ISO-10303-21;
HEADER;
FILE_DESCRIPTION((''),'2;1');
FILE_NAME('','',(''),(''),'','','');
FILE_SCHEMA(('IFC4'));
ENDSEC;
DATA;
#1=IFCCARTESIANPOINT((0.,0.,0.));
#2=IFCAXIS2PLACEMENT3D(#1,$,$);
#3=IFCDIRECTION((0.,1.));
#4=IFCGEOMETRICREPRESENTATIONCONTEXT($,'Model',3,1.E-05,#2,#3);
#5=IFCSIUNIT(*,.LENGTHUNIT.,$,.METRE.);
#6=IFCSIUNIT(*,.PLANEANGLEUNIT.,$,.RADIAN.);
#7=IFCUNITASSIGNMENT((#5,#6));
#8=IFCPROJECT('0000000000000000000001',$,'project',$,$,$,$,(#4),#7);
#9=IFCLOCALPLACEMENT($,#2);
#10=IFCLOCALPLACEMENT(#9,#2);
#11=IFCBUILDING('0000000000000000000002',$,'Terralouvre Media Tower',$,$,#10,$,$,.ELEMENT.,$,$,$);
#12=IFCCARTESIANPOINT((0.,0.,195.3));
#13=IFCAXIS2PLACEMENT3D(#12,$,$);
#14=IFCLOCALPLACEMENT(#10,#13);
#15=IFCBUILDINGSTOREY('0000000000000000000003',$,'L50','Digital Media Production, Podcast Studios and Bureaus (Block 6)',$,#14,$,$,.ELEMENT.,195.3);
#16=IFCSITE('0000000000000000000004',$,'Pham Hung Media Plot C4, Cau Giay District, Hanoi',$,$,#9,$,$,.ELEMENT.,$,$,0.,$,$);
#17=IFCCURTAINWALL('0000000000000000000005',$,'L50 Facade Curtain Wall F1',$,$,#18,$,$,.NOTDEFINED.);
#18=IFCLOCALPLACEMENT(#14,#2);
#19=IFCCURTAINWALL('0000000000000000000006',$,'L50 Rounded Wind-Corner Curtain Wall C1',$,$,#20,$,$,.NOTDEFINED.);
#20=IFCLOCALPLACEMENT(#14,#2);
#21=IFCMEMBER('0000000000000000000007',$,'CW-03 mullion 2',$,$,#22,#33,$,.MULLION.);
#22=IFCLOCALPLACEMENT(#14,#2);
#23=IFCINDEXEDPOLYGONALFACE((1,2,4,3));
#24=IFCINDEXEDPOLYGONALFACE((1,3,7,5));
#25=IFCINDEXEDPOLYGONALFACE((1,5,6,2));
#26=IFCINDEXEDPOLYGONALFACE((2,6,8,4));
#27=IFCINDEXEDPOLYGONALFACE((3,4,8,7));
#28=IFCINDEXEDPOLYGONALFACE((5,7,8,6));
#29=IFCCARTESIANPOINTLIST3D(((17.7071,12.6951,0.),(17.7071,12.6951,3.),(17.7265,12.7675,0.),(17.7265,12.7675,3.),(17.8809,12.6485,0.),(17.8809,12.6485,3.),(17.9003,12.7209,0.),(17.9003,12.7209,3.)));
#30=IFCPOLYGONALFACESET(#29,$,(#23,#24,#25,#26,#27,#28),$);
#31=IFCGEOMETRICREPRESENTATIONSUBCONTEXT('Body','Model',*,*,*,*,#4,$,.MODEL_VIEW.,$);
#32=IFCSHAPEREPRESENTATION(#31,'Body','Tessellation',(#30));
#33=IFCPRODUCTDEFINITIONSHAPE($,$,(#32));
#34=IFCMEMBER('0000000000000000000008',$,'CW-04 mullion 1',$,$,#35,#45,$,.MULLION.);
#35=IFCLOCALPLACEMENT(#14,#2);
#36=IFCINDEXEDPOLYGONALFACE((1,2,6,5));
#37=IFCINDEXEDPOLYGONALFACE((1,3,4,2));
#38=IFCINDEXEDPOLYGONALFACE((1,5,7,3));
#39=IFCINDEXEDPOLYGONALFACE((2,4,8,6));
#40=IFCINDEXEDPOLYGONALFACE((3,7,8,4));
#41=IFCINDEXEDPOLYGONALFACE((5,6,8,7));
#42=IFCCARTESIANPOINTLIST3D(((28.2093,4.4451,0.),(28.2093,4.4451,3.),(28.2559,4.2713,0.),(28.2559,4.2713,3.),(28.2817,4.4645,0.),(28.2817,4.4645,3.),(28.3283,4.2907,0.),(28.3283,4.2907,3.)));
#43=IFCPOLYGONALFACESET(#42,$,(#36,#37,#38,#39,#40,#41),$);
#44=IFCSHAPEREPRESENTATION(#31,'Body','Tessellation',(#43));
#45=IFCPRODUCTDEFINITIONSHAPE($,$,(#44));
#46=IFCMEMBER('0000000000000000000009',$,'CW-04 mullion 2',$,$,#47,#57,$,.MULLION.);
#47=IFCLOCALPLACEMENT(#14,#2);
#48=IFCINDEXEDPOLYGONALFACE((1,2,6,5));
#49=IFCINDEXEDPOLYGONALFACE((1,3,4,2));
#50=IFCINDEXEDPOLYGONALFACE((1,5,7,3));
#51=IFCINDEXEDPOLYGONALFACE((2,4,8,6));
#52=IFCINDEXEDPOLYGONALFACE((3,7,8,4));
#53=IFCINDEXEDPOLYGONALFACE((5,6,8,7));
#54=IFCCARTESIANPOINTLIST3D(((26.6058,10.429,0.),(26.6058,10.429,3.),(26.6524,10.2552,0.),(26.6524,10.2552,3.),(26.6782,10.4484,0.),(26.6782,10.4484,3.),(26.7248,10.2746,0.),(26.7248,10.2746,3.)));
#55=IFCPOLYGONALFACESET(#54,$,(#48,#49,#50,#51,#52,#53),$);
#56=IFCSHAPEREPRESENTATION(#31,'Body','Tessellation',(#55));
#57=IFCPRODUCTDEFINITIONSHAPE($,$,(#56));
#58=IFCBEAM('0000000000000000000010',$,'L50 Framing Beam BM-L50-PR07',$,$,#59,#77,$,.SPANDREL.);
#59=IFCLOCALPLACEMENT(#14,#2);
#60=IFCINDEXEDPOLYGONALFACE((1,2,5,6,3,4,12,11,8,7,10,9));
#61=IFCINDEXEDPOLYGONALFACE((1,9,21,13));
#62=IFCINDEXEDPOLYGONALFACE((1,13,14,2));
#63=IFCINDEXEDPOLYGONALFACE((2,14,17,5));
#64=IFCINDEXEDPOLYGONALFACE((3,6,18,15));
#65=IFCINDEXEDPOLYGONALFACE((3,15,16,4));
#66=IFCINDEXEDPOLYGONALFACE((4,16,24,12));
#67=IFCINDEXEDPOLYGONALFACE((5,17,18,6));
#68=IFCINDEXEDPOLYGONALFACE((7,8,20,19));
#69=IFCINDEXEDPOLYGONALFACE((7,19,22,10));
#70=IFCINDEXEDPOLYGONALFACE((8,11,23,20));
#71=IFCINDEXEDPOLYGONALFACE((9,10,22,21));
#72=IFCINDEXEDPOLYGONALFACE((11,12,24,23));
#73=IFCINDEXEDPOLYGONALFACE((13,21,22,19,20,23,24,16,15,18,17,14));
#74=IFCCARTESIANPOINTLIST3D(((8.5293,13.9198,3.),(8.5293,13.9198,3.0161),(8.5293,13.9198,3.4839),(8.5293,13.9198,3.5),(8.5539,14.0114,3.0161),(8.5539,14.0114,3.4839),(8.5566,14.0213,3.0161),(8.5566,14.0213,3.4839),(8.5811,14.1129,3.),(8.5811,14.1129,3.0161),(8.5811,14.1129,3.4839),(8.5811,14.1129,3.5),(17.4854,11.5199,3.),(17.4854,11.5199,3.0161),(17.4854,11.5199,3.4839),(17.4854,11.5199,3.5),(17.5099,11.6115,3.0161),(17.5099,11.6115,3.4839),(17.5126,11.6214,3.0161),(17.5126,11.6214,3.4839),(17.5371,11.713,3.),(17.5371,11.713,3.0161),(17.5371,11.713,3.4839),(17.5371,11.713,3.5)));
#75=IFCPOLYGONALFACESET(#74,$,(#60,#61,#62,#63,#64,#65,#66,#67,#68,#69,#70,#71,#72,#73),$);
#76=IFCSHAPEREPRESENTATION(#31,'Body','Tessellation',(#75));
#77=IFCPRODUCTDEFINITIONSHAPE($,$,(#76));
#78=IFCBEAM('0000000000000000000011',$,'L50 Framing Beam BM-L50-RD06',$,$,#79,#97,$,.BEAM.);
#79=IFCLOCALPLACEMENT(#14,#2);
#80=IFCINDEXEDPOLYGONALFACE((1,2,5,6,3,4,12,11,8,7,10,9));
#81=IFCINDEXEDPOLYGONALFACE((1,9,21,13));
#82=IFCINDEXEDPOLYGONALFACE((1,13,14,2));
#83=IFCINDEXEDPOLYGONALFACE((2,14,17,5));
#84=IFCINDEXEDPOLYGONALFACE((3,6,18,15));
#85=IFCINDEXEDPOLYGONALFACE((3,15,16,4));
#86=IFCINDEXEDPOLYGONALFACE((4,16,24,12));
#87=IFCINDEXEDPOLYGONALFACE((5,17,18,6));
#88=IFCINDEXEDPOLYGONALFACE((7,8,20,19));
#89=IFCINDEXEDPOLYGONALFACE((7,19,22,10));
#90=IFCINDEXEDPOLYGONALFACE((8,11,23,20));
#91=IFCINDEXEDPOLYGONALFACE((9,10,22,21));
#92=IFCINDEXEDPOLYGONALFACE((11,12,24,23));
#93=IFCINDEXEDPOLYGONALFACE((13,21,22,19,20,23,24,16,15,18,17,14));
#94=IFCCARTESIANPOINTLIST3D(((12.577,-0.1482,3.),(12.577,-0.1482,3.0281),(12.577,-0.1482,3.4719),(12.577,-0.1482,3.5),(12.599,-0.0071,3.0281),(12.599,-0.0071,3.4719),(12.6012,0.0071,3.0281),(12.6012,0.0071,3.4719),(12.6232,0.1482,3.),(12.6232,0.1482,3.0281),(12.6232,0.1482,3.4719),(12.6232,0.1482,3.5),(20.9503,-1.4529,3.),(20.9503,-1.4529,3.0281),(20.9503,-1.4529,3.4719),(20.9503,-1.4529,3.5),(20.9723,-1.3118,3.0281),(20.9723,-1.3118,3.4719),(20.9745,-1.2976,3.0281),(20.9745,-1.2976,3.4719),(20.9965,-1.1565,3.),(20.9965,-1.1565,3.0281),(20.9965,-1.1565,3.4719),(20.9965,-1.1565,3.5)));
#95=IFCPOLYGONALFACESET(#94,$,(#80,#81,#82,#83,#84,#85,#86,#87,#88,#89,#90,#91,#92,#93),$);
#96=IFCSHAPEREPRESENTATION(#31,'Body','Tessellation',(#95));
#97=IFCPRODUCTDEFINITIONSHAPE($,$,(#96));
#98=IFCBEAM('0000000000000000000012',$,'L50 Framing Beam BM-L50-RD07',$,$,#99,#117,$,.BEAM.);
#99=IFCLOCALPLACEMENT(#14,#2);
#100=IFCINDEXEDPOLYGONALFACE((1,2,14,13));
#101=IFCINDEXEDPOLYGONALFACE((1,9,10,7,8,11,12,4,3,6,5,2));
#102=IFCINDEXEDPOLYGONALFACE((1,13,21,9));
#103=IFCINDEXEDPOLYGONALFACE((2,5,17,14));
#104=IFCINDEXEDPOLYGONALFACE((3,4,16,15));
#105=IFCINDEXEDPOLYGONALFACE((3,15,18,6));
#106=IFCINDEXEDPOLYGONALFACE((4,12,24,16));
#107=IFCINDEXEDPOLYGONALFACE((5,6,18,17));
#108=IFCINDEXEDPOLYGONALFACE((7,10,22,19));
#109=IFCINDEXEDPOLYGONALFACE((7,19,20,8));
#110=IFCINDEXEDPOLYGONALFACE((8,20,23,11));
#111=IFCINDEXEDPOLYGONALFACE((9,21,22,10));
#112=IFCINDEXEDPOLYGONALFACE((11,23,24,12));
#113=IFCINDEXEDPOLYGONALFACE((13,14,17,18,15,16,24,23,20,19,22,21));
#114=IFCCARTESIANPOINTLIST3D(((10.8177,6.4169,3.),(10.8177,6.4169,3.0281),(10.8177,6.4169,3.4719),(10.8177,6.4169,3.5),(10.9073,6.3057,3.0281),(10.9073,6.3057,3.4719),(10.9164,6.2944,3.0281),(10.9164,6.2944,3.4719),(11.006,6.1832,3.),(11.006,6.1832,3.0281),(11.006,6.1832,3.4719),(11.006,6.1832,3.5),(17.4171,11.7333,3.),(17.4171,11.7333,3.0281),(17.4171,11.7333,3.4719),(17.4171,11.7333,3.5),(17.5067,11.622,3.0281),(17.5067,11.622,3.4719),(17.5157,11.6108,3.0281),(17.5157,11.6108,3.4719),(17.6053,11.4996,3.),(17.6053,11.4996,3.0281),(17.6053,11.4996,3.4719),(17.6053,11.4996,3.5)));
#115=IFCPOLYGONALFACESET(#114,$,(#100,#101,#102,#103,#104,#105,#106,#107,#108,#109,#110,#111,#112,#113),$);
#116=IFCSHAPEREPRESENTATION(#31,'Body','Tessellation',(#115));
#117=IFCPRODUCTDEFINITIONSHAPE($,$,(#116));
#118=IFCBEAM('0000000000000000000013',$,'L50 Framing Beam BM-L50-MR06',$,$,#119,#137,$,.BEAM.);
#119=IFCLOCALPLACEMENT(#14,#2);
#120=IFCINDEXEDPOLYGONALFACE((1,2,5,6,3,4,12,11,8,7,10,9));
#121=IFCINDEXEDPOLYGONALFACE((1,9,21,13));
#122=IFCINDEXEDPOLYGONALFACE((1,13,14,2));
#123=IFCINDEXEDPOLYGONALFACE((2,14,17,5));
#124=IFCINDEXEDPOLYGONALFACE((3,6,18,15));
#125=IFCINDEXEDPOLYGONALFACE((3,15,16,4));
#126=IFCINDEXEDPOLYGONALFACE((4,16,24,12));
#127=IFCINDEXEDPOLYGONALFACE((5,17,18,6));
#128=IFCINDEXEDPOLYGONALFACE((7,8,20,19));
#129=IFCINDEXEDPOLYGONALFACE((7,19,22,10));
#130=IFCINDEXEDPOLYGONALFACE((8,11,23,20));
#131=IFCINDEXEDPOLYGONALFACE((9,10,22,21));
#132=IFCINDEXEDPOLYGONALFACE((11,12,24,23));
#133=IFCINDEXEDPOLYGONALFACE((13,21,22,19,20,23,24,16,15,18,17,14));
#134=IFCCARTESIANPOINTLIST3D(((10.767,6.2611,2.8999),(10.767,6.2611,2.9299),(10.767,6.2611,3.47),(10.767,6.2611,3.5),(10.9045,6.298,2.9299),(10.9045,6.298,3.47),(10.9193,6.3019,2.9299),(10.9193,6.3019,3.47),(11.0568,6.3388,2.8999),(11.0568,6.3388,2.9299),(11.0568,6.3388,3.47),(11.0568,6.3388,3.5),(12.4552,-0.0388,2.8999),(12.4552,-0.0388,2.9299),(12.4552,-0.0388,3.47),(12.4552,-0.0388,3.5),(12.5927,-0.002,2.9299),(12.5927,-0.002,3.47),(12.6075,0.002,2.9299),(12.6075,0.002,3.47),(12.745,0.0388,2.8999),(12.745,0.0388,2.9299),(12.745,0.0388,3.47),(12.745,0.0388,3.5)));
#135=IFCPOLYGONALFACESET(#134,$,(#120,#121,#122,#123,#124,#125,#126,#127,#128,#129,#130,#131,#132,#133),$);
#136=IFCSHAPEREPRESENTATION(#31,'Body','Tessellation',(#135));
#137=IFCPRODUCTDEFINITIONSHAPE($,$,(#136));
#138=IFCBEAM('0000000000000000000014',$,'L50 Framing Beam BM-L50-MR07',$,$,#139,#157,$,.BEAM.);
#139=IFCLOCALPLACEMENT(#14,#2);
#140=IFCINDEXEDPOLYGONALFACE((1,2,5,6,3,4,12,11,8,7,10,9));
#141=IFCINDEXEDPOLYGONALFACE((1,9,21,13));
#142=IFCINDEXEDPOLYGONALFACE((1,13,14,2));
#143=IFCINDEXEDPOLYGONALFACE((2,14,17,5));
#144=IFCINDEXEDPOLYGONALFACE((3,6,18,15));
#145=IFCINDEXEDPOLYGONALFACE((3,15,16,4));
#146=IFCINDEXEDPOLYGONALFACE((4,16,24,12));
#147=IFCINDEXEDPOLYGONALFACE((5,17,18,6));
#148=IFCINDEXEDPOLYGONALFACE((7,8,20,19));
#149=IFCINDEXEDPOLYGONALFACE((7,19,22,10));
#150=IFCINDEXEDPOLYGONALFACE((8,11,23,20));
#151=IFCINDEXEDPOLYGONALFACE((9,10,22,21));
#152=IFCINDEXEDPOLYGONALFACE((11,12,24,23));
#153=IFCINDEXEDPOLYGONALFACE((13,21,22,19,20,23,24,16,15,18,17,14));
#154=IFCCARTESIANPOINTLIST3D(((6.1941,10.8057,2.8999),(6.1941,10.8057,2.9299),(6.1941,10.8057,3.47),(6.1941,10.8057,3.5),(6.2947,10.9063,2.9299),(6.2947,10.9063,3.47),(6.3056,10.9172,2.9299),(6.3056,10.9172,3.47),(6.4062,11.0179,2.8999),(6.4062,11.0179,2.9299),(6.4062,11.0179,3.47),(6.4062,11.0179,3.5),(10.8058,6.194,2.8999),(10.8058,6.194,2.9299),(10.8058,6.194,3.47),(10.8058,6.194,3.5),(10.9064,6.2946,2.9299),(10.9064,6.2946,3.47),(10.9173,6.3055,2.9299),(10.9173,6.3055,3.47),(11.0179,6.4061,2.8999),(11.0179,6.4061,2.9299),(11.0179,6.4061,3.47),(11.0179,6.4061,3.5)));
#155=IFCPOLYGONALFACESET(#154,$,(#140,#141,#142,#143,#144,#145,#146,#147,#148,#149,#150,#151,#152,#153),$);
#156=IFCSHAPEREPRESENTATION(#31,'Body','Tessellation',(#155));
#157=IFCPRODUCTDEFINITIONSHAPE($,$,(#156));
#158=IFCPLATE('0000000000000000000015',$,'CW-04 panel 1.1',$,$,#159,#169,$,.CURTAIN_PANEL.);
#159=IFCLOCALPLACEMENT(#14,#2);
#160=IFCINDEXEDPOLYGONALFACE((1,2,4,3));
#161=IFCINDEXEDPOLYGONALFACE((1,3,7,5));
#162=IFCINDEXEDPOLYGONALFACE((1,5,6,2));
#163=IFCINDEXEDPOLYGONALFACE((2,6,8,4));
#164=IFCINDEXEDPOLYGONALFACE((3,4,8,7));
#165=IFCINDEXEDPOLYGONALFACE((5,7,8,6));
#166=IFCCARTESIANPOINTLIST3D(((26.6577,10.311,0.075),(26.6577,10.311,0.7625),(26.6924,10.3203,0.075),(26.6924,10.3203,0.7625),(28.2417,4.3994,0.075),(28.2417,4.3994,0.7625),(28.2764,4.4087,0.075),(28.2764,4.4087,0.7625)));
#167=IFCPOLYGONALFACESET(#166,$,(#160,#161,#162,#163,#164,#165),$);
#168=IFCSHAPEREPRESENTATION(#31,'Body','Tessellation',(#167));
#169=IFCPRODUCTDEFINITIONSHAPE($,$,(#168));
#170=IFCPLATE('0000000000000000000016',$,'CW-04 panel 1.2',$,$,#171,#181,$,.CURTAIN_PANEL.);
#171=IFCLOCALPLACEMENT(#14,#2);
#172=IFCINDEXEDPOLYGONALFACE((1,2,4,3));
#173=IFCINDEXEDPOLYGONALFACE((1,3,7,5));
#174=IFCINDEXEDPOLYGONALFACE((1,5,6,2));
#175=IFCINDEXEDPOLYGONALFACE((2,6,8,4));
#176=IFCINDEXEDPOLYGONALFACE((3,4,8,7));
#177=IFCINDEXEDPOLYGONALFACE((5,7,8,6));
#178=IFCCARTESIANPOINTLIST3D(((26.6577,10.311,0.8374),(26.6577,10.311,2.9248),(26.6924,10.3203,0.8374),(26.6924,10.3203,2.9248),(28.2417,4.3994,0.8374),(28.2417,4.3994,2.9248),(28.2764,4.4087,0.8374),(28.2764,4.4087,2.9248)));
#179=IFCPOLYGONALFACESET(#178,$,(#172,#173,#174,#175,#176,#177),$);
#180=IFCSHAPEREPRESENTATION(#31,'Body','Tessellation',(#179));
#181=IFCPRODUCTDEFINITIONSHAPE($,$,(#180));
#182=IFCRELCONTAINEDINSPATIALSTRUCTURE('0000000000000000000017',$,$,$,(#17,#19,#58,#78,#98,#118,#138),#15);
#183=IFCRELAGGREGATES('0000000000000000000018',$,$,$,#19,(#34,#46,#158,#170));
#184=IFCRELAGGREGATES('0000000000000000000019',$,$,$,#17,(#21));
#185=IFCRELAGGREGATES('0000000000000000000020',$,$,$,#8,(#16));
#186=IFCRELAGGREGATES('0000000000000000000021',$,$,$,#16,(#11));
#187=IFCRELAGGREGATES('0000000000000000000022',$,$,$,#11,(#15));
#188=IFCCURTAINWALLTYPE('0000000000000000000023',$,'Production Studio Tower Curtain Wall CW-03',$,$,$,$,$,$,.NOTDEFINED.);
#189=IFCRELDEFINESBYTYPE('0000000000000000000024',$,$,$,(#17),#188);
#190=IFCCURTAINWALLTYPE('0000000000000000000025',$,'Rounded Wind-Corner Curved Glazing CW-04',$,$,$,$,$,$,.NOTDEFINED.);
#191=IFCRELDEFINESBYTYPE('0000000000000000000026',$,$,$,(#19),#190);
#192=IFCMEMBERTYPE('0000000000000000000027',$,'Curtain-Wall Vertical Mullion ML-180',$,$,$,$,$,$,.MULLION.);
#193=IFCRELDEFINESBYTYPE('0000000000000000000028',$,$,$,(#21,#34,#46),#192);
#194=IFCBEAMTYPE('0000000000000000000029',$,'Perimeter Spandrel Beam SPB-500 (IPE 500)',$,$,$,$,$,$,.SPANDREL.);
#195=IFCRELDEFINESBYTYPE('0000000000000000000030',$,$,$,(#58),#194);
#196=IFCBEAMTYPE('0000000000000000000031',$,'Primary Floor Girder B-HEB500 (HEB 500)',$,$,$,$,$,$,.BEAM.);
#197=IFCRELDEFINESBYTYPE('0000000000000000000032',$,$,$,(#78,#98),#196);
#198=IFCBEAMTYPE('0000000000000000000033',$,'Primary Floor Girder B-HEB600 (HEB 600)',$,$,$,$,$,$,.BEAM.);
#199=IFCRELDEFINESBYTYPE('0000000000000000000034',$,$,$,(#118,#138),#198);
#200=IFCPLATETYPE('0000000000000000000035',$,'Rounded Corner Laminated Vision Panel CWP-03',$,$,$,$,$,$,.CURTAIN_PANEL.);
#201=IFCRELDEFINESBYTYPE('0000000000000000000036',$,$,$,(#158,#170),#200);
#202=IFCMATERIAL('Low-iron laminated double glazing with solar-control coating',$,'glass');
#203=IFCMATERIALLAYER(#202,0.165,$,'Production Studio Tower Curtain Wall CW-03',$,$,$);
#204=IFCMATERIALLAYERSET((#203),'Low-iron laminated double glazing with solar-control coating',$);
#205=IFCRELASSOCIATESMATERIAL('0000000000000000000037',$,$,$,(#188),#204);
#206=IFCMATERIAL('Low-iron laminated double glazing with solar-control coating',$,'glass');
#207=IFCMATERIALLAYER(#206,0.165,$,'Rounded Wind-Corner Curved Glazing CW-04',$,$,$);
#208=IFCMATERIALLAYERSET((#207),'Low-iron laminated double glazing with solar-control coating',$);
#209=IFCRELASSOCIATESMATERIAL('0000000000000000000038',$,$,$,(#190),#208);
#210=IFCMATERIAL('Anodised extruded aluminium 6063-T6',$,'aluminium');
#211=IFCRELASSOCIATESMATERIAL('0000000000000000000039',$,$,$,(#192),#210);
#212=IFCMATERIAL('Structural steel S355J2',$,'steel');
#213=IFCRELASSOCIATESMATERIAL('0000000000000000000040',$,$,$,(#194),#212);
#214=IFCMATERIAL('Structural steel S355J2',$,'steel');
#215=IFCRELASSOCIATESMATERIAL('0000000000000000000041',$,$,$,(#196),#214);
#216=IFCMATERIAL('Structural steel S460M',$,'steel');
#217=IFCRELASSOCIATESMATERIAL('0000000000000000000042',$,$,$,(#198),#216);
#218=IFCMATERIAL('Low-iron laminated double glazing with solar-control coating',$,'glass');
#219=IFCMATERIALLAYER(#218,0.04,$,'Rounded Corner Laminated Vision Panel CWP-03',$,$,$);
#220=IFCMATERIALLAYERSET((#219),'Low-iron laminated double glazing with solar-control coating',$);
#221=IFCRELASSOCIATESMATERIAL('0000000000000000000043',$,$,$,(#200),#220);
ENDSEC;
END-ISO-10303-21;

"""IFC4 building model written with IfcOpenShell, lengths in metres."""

from ifc_helpers import new_model, si_unit, direction, frame, origin, origin_2d, place, context, subcontext, project, spatial, rectangle, i_section, extrude, material, layer, layer_set, material_profile, profile_set, type_object, element, aggregate, save


model = new_model("IFC4")

# Units and contexts
model_context = context("Model", 3, precision=1e-05, world=origin(), true_north=direction((0.0, 1.0)))
body_context = subcontext(model_context, "Body", "Model", "MODEL_VIEW")
ifc_project = project(units=[si_unit("LENGTHUNIT", "METRE"), si_unit("PLANEANGLEUNIT", "RADIAN")], contexts=[model_context])

# Site, building, storey
site_placement = place(None, origin())
site = spatial("IfcSite", under=ifc_project, at=site_placement, Name="Pham Hung Media Plot C4, Cau Giay District, Hanoi", CompositionType="ELEMENT", RefElevation=0.0)
building_placement = place(site_placement, origin())
building = spatial("IfcBuilding", under=site, at=building_placement, Name="Terralouvre Media Tower", CompositionType="ELEMENT")
storey_placement = place(building_placement, frame((0.0, 0.0, 195.3)))
storey = spatial("IfcBuildingStorey", under=building, at=storey_placement, Name="L50", Description="Digital Media Production, Podcast Studios and Bureaus (Block 6)", CompositionType="ELEMENT", Elevation=195.3)

# Curtain walls
ifc_material_1 = material(Name="Low-iron laminated double glazing with solar-control coating", Category="glass")
ifc_layer_1 = layer(ifc_material_1, 0.165, Name="Production Studio Tower Curtain Wall CW-03")
ifc_layer_set_1 = layer_set([ifc_layer_1], Name="Low-iron laminated double glazing with solar-control coating")
curtain_wall_type_1 = type_object("IfcCurtainWallType", Name="Production Studio Tower Curtain Wall CW-03", PredefinedType="NOTDEFINED", material=ifc_layer_set_1)
curtain_wall_1_placement = place(storey_placement, origin())
curtain_wall_1 = element("IfcCurtainWall", 1, at=curtain_wall_1_placement, inside=storey, type_object=curtain_wall_type_1, Name="L50 Facade Curtain Wall F1", PredefinedType="NOTDEFINED")
ifc_material_2 = material(Name="Low-iron laminated double glazing with solar-control coating", Category="glass")
ifc_layer_2 = layer(ifc_material_2, 0.165, Name="Rounded Wind-Corner Curved Glazing CW-04")
ifc_layer_set_2 = layer_set([ifc_layer_2], Name="Low-iron laminated double glazing with solar-control coating")
curtain_wall_type_2 = type_object("IfcCurtainWallType", Name="Rounded Wind-Corner Curved Glazing CW-04", PredefinedType="NOTDEFINED", material=ifc_layer_set_2)
curtain_wall_2_placement = place(storey_placement, origin())
curtain_wall_2 = element("IfcCurtainWall", 2, at=curtain_wall_2_placement, inside=storey, type_object=curtain_wall_type_2, Name="L50 Rounded Wind-Corner Curtain Wall C1", PredefinedType="NOTDEFINED")

# Shared definitions
ifc_material_3 = material(Name="Anodised extruded aluminium 6063-T6", Category="aluminium")
ifc_material_profile_1 = material_profile(ifc_material_3, rectangle(XDim=0.075, YDim=0.1799, at=origin_2d()), Name="ALU 75x180")
ifc_profile_set_1 = profile_set([ifc_material_profile_1], Name="Anodised extruded aluminium 6063-T6")
member_type_1 = type_object("IfcMemberType", Name="Curtain-Wall Vertical Mullion ML-180", PredefinedType="MULLION", material=ifc_profile_set_1)

# Members
member_1_placement = place(storey_placement, frame((17.8037, 12.708, 0.0), z_axis=(0.0, 0.0, 1.0), x_axis=(-0.258819, -0.965926, 0.0)))
member_1 = element("IfcMember", 3, at=member_1_placement, type_object=member_type_1, Name="CW-03 mullion 2", PredefinedType="MULLION", context=body_context, shape_type="SweptSolid", body=[
    extrude(rectangle(XDim=0.075, YDim=0.1799, at=origin_2d()), origin(), (0.0, 0.0, 1.0), 3.0),
])
member_2_placement = place(storey_placement, frame((28.2688, 4.3679, 0.0), z_axis=(0.0, 0.0, 1.0), x_axis=(-0.965926, -0.258819, 0.0)))
member_2 = element("IfcMember", 4, at=member_2_placement, type_object=member_type_1, Name="CW-04 mullion 1", PredefinedType="MULLION", context=body_context, shape_type="SweptSolid", body=[
    extrude(rectangle(XDim=0.075, YDim=0.1799, at=origin_2d()), origin(), (0.0, 0.0, 1.0), 3.0),
])
member_3_placement = place(storey_placement, frame((26.6653, 10.3518, 0.0), z_axis=(0.0, 0.0, 1.0), x_axis=(-0.965926, -0.258819, 0.0)))
member_3 = element("IfcMember", 5, at=member_3_placement, type_object=member_type_1, Name="CW-04 mullion 2", PredefinedType="MULLION", context=body_context, shape_type="SweptSolid", body=[
    extrude(rectangle(XDim=0.075, YDim=0.1799, at=origin_2d()), origin(), (0.0, 0.0, 1.0), 3.0),
])

# Beams
ifc_material_4 = material(Name="Structural steel S355J2", Category="steel")
ifc_material_profile_2 = material_profile(ifc_material_4, i_section(OverallWidth=0.2, OverallDepth=0.5, WebThickness=0.0103, FlangeThickness=0.0161, at=origin_2d()), Name="IPE 500")
ifc_profile_set_2 = profile_set([ifc_material_profile_2], Name="Structural steel S355J2")
beam_type_1 = type_object("IfcBeamType", Name="Perimeter Spandrel Beam SPB-500 (IPE 500)", PredefinedType="SPANDREL", material=ifc_profile_set_2)
beam_1_placement = place(storey_placement, frame((17.5112, 11.6165, 3.25), z_axis=(-0.965922, 0.258833, 0.0), x_axis=(-0.258833, -0.965922, 0.0)))
element("IfcBeam", 6, at=beam_1_placement, inside=storey, type_object=beam_type_1, Name="L50 Framing Beam BM-L50-PR07", PredefinedType="SPANDREL", context=body_context, shape_type="SweptSolid", body=[
    extrude(i_section(OverallWidth=0.2, OverallDepth=0.5, WebThickness=0.0103, FlangeThickness=0.0161, at=origin_2d()), origin(), (0.0, 0.0, 1.0), 9.272),
])
ifc_material_5 = material(Name="Structural steel S355J2", Category="steel")
ifc_material_profile_3 = material_profile(ifc_material_5, i_section(OverallWidth=0.3, OverallDepth=0.5, WebThickness=0.0144, FlangeThickness=0.0281, at=origin_2d()), Name="HEB 500")
ifc_profile_set_3 = profile_set([ifc_material_profile_3], Name="Structural steel S355J2")
beam_type_2 = type_object("IfcBeamType", Name="Primary Floor Girder B-HEB500 (HEB 500)", PredefinedType="BEAM", material=ifc_profile_set_3)
for number, where, z_axis, x_axis, name in (
    (7, (12.6001, 0.0, 3.25), (0.988077, -0.153958, 0.0), (0.153958, 0.988077, 0.0), "L50 Framing Beam BM-L50-RD06"),
    (8, (10.9119, 6.3, 3.25), (0.778739, 0.627347, 0.0), (-0.627347, 0.778739, 0.0), "L50 Framing Beam BM-L50-RD07"),
):
    element("IfcBeam", number, at=place(storey_placement, frame(where, z_axis=z_axis, x_axis=x_axis)), inside=storey, type_object=beam_type_2, Name=name, PredefinedType="BEAM", context=body_context, shape_type="SweptSolid", body=[
        extrude(i_section(OverallWidth=0.3, OverallDepth=0.5, WebThickness=0.0144, FlangeThickness=0.0281, at=origin_2d()), origin(), (0.0, 0.0, 1.0), 8.4744),
    ])
ifc_material_6 = material(Name="Structural steel S460M", Category="steel")
ifc_material_profile_4 = material_profile(ifc_material_6, i_section(OverallWidth=0.3, OverallDepth=0.6001, WebThickness=0.0154, FlangeThickness=0.03, at=origin_2d()), Name="HEB 600")
ifc_profile_set_4 = profile_set([ifc_material_profile_4], Name="Structural steel S460M")
beam_type_3 = type_object("IfcBeamType", Name="Primary Floor Girder B-HEB600 (HEB 600)", PredefinedType="BEAM", material=ifc_profile_set_4)
beam_2_placement = place(storey_placement, frame((12.6001, 0.0, 3.2), z_axis=(-0.258839, 0.96592, 0.0), x_axis=(-0.96592, -0.258839, 0.0)))
element("IfcBeam", 9, at=beam_2_placement, inside=storey, type_object=beam_type_3, Name="L50 Framing Beam BM-L50-MR06", PredefinedType="BEAM", context=body_context, shape_type="SweptSolid", body=[
    extrude(i_section(OverallWidth=0.3, OverallDepth=0.6001, WebThickness=0.0154, FlangeThickness=0.03, at=origin_2d()), origin(), (0.0, 0.0, 1.0), 6.5222),
])
beam_3_placement = place(storey_placement, frame((10.9119, 6.3, 3.2), z_axis=(-0.707107, 0.707107, 0.0), x_axis=(-0.707107, -0.707107, 0.0)))
element("IfcBeam", 10, at=beam_3_placement, inside=storey, type_object=beam_type_3, Name="L50 Framing Beam BM-L50-MR07", PredefinedType="BEAM", context=body_context, shape_type="SweptSolid", body=[
    extrude(i_section(OverallWidth=0.3, OverallDepth=0.6001, WebThickness=0.0154, FlangeThickness=0.03, at=origin_2d()), origin(), (0.0, 0.0, 1.0), 6.522),
])

# Plates
ifc_material_7 = material(Name="Low-iron laminated double glazing with solar-control coating", Category="glass")
ifc_layer_3 = layer(ifc_material_7, 0.04, Name="Rounded Corner Laminated Vision Panel CWP-03")
ifc_layer_set_3 = layer_set([ifc_layer_3], Name="Low-iron laminated double glazing with solar-control coating")
plate_type_1 = type_object("IfcPlateType", Name="Rounded Corner Laminated Vision Panel CWP-03", PredefinedType="CURTAIN_PANEL", material=ifc_layer_set_3)
plate_1_placement = place(storey_placement, frame((27.467, 7.3599, 0.075), z_axis=(0.0, 0.0, 1.0), x_axis=(-0.258819, 0.965926, 0.0)))
plate_1 = element("IfcPlate", 11, at=plate_1_placement, type_object=plate_type_1, Name="CW-04 panel 1.1", PredefinedType="CURTAIN_PANEL", context=body_context, shape_type="SweptSolid", body=[
    extrude(rectangle(XDim=6.1201, YDim=0.0359, at=origin_2d()), origin(), (0.0, 0.0, 1.0), 0.6875),
])
plate_2_placement = place(storey_placement, frame((27.467, 7.3599, 0.8374), z_axis=(0.0, 0.0, 1.0), x_axis=(-0.258819, 0.965926, 0.0)))
plate_2 = element("IfcPlate", 12, at=plate_2_placement, type_object=plate_type_1, Name="CW-04 panel 1.2", PredefinedType="CURTAIN_PANEL", context=body_context, shape_type="SweptSolid", body=[
    extrude(rectangle(XDim=6.1201, YDim=0.0359, at=origin_2d()), origin(), (0.0, 0.0, 1.0), 2.0874),
])
aggregate(curtain_wall_2, [member_2, member_3, plate_1, plate_2])
aggregate(curtain_wall_1, [member_1])

save(model, "model.ifc")
